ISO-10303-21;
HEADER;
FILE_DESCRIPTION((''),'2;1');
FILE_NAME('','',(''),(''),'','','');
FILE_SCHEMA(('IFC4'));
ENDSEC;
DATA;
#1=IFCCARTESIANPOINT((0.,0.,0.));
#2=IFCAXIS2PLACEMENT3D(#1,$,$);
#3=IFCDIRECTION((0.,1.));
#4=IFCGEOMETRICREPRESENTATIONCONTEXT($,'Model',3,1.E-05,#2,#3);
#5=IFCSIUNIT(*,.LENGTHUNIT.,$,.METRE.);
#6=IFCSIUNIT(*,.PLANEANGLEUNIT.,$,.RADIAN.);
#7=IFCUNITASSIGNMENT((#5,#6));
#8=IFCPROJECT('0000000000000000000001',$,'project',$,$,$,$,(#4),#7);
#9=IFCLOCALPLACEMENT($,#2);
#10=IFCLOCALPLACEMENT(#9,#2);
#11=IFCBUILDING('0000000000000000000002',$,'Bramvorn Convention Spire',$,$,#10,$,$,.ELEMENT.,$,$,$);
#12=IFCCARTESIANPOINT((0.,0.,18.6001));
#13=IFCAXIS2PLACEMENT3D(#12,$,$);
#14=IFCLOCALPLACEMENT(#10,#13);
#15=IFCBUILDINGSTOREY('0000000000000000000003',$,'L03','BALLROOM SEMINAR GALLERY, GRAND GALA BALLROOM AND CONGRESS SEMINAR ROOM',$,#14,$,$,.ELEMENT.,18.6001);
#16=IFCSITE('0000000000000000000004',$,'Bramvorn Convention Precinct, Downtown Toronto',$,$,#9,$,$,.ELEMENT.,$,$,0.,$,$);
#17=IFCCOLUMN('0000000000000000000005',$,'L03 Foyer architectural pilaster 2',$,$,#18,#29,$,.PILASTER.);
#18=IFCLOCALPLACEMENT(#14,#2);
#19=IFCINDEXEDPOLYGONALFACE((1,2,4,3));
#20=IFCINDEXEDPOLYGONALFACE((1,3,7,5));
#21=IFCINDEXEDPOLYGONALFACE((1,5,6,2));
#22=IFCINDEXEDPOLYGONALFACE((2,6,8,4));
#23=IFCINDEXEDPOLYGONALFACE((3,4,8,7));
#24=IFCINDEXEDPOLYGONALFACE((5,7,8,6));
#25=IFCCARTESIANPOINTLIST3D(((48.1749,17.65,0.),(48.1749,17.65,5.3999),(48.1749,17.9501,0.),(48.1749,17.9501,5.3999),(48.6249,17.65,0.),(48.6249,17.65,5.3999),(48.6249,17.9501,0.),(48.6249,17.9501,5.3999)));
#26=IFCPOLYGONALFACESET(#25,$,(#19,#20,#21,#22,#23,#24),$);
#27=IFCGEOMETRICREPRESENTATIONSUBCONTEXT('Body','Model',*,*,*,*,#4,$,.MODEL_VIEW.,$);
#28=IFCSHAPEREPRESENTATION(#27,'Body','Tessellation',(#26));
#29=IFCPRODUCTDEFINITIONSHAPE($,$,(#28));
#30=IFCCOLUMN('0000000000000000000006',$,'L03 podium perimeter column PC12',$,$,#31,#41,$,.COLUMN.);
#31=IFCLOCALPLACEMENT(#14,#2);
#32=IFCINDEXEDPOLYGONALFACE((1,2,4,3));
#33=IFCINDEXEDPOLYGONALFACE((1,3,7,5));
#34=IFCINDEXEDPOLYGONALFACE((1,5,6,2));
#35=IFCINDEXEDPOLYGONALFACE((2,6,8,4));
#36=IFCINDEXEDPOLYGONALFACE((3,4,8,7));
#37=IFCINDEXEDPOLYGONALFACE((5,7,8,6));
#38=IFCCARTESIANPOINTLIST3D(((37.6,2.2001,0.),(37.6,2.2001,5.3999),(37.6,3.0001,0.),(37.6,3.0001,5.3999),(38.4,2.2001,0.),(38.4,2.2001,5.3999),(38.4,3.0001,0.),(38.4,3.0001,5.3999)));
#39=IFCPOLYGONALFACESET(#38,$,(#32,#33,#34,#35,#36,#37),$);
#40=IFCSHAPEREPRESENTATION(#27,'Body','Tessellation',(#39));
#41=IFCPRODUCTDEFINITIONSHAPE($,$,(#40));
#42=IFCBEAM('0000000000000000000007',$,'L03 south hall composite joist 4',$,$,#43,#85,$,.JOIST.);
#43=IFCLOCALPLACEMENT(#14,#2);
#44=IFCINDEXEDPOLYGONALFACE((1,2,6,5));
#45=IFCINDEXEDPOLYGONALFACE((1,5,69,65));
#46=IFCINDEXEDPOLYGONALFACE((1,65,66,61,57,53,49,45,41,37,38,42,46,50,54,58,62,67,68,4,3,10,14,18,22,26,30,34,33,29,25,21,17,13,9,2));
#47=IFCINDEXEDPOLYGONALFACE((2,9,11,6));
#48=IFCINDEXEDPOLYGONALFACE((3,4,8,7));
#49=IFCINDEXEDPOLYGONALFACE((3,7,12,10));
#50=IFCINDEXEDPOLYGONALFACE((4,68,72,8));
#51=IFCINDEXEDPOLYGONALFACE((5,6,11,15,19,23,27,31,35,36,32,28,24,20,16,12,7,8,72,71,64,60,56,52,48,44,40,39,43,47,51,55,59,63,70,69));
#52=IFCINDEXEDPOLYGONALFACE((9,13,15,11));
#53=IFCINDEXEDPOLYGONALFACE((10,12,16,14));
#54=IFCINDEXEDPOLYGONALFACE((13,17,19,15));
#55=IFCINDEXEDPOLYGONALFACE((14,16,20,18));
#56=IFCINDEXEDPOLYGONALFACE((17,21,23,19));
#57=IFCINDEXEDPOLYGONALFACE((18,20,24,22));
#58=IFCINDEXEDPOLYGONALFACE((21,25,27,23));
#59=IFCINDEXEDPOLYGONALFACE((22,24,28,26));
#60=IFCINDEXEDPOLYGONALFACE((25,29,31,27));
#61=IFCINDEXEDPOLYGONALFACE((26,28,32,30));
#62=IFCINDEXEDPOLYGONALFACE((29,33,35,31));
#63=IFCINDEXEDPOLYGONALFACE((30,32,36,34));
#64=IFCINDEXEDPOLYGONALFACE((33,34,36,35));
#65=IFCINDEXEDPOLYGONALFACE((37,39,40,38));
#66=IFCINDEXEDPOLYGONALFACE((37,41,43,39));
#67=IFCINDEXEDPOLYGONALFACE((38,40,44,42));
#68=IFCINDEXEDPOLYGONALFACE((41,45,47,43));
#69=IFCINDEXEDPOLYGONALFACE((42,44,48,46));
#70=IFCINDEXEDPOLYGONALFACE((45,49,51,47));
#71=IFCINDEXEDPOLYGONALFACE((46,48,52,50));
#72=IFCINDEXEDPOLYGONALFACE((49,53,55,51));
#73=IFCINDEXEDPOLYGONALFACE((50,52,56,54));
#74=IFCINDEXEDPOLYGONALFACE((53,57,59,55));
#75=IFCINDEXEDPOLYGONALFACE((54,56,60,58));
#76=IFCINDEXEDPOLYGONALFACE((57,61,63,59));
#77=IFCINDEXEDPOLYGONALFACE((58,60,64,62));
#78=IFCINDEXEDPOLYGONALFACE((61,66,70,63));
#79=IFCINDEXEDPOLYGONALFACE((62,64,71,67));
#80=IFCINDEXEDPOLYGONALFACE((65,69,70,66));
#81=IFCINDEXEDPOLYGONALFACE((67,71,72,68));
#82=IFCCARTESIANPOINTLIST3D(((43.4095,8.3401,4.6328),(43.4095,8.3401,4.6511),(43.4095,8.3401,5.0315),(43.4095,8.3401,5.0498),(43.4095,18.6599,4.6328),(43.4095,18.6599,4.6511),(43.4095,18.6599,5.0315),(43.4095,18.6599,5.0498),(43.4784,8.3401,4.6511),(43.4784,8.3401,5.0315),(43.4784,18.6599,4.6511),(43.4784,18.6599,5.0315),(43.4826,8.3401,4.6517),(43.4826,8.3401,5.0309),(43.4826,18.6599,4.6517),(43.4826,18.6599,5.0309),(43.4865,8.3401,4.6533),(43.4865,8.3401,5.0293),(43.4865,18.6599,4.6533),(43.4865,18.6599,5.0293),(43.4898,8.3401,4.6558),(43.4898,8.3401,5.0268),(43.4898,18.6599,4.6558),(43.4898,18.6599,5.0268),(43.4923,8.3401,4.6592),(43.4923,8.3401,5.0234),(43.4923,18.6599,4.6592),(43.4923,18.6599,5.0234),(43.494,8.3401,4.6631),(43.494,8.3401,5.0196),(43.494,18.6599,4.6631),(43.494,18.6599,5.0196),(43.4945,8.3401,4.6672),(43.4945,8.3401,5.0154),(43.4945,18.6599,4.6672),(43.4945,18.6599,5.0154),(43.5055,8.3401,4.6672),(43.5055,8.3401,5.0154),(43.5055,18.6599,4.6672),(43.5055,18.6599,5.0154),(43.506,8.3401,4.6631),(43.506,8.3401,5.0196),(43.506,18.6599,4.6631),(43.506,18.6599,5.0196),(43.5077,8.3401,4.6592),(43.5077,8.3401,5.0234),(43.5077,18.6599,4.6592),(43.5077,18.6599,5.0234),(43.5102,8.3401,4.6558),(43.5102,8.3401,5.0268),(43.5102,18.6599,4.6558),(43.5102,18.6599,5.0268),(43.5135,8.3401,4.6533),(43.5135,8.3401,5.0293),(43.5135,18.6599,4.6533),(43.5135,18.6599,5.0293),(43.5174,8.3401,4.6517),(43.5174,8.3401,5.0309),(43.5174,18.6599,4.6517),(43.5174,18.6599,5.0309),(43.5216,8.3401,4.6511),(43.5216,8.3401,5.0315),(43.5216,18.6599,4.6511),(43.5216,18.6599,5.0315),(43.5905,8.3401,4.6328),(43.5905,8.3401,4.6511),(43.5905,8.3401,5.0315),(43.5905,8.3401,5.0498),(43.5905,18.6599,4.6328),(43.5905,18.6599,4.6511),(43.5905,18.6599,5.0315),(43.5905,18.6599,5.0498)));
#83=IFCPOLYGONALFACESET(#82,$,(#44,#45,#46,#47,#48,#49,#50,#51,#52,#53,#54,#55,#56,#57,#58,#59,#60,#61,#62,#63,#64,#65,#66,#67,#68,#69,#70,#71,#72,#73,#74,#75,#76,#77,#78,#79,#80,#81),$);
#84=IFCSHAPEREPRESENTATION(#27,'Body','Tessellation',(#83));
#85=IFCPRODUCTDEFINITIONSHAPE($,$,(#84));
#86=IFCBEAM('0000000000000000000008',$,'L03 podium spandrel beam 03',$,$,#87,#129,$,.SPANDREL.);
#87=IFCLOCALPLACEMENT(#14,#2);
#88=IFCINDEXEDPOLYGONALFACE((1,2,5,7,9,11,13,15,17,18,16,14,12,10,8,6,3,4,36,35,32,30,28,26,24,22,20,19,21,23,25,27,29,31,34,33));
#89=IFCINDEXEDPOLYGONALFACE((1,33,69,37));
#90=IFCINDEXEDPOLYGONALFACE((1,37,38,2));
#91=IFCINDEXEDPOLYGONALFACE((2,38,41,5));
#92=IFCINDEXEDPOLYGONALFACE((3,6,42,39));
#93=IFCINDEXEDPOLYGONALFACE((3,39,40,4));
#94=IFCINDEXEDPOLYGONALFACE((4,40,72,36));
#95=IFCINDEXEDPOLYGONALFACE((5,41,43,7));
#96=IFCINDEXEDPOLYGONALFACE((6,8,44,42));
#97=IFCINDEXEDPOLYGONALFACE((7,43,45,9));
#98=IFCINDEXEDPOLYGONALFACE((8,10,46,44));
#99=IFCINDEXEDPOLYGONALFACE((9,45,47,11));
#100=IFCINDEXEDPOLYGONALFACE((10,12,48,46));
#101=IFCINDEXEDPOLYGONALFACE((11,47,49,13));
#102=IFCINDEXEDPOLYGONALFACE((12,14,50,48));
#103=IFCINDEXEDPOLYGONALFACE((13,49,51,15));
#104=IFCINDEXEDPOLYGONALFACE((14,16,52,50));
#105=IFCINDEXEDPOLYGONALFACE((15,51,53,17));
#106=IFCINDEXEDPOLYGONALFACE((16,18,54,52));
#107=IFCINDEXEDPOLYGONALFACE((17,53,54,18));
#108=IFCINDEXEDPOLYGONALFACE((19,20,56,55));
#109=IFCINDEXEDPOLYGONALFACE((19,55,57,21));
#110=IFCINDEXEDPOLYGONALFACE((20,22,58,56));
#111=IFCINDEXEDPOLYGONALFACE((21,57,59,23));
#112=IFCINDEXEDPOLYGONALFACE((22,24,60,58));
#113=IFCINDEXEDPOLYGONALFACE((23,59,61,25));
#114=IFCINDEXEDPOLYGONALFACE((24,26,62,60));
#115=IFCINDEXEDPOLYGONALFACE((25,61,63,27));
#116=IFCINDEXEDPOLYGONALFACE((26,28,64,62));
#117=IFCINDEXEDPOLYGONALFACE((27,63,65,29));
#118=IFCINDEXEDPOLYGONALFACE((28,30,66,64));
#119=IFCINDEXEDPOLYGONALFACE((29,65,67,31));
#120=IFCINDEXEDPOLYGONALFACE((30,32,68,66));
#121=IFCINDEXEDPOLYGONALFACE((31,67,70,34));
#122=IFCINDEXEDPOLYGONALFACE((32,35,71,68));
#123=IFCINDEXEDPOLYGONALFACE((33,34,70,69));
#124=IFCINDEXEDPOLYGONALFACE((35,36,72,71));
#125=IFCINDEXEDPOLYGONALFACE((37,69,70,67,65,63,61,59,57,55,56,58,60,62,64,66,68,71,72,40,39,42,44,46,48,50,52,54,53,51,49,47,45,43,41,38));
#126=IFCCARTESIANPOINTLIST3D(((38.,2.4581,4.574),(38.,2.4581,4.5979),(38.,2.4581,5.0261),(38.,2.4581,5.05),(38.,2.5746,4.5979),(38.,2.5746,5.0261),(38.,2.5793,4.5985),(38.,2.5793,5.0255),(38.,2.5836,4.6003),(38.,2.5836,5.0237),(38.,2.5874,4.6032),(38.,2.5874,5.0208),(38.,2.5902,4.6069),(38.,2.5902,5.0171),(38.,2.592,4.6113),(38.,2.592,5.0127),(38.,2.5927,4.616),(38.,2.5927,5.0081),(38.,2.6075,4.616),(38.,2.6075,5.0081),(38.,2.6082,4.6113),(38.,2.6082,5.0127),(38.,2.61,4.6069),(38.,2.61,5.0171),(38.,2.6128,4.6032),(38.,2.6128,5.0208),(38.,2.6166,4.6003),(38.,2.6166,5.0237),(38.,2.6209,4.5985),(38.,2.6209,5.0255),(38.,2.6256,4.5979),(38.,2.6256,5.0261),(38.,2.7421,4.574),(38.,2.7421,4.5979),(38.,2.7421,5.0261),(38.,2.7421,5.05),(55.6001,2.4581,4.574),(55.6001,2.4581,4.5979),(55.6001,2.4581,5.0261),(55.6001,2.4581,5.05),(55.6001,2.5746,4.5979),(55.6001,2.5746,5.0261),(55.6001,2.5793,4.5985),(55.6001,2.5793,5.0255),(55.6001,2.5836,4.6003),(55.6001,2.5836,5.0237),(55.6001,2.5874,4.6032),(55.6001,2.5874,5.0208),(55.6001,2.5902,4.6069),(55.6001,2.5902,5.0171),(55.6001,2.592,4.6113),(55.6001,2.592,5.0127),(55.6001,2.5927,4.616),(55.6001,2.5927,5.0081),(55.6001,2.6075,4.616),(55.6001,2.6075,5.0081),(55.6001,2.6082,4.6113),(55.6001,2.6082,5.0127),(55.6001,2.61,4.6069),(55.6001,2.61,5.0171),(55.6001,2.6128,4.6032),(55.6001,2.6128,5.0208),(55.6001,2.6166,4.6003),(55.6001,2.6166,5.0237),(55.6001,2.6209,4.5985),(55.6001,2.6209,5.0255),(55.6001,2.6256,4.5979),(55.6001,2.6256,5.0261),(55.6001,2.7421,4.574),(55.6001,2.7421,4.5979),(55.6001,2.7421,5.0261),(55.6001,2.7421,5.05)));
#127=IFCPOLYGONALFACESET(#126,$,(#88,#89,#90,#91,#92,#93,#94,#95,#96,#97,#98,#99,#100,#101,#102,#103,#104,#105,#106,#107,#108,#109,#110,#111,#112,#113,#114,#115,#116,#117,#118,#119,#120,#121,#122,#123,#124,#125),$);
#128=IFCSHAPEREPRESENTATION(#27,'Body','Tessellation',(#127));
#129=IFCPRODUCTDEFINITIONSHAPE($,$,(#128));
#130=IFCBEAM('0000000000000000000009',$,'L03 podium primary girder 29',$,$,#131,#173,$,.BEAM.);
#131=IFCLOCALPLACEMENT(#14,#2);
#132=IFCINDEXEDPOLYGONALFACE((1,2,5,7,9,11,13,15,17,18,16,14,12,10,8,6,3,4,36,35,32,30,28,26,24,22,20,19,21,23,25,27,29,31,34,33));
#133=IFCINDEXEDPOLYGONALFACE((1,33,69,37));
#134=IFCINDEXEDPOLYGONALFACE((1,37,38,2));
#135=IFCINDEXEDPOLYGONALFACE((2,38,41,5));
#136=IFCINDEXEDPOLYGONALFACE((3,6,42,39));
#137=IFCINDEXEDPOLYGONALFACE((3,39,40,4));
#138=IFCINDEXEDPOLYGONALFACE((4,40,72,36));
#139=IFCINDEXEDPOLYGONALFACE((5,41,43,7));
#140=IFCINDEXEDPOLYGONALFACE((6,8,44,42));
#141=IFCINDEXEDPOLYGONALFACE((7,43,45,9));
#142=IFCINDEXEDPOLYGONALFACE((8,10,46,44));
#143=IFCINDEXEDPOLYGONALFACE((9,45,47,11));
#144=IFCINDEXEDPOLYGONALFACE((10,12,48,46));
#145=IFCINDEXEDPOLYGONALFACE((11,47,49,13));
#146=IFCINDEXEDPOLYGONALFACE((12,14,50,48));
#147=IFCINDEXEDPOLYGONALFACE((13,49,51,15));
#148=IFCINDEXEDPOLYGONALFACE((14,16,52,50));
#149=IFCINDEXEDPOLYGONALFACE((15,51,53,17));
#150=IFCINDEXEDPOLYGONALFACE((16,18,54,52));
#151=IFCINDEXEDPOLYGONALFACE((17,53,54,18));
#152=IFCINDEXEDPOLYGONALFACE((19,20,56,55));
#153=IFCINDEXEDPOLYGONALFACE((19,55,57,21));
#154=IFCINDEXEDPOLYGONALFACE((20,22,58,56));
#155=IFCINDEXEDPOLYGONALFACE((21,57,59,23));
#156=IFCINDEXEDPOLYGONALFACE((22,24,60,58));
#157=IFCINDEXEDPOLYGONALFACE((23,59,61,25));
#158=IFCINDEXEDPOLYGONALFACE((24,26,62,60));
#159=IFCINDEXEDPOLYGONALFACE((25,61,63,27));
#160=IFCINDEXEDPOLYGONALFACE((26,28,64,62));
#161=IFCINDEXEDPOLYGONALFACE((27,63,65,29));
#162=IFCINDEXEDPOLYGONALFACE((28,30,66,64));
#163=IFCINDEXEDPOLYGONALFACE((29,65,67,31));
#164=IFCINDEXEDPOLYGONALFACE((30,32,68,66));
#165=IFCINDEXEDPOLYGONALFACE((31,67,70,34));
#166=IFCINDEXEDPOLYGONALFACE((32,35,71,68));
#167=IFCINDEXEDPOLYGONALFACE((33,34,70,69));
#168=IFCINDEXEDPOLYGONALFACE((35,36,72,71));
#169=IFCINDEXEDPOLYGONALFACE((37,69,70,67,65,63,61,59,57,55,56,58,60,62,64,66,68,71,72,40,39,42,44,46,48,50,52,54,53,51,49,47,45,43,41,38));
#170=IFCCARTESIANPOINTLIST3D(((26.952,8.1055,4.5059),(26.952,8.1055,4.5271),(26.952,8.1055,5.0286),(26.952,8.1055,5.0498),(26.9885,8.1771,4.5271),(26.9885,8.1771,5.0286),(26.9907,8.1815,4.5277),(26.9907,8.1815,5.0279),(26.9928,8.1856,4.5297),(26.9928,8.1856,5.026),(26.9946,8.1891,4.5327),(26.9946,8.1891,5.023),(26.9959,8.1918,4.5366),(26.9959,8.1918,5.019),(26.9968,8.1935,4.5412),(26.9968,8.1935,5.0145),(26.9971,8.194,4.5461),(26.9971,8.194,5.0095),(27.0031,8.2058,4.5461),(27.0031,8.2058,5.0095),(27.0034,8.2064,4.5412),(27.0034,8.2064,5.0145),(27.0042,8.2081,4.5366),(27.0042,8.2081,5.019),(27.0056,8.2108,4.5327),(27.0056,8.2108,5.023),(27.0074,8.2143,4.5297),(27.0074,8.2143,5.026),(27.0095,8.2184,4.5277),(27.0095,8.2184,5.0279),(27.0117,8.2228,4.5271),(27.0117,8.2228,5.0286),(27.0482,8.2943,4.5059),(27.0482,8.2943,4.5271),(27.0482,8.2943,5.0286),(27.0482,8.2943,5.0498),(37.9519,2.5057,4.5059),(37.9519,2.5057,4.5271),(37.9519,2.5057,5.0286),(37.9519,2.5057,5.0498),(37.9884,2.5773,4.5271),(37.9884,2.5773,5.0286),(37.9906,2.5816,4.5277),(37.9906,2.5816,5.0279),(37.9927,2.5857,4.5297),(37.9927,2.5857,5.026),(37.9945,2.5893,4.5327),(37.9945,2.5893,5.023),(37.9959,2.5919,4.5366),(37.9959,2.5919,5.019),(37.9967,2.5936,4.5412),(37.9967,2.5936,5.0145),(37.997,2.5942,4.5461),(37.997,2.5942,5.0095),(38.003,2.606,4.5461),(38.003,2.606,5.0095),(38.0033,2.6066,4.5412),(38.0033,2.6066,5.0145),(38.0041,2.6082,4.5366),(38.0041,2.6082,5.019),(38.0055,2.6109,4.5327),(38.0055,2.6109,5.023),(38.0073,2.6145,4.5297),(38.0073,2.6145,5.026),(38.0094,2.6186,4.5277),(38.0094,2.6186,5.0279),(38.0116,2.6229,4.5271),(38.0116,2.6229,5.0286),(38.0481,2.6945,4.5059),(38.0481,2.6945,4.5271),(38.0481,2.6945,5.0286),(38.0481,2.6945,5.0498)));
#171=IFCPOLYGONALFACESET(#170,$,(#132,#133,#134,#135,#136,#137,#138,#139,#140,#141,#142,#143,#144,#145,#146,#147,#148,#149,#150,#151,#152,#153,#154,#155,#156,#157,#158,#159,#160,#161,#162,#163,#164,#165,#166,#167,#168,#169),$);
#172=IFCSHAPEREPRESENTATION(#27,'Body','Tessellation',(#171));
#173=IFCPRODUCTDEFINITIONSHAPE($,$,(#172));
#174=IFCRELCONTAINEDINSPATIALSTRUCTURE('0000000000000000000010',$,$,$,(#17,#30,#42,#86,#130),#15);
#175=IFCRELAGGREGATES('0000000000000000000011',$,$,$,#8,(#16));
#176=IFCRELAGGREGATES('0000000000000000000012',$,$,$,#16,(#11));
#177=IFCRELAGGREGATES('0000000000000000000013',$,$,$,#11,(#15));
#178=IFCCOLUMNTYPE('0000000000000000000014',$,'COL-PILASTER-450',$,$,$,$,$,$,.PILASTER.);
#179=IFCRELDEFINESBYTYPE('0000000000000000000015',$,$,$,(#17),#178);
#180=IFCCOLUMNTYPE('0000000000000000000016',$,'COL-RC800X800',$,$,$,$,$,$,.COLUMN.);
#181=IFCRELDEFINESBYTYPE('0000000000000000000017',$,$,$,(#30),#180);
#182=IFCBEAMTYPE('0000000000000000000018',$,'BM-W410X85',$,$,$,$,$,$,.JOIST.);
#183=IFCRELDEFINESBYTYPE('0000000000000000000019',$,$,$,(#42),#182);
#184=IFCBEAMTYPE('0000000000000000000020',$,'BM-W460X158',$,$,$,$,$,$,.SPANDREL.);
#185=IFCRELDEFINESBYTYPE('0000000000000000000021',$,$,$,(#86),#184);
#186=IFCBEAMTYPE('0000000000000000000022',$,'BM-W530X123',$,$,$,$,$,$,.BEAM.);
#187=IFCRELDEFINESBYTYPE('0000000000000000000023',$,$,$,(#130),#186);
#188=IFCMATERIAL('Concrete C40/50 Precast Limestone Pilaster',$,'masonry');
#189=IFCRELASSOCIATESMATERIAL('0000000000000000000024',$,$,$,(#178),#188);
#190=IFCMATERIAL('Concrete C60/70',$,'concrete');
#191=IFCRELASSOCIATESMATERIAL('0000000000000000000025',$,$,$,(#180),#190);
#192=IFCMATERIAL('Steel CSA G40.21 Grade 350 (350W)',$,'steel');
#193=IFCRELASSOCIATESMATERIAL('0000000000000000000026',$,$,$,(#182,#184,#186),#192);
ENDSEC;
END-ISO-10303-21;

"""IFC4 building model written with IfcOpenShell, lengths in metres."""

from ifc_helpers import new_model, si_unit, direction, frame, origin, origin_2d, place, context, subcontext, project, spatial, rectangle, i_section, extrude, material, material_profile, profile_set, type_object, element, save


model = new_model("IFC4")

# Units and contexts
model_context = context("Model", 3, precision=1e-05, world=origin(), true_north=direction((0.0, 1.0)))
body_context = subcontext(model_context, "Body", "Model", "MODEL_VIEW")
ifc_project = project(units=[si_unit("LENGTHUNIT", "METRE"), si_unit("PLANEANGLEUNIT", "RADIAN")], contexts=[model_context])

# Site, building, storey
site_placement = place(None, origin())
site = spatial("IfcSite", under=ifc_project, at=site_placement, Name="Bramvorn Convention Precinct, Downtown Toronto", CompositionType="ELEMENT", RefElevation=0.0)
building_placement = place(site_placement, origin())
building = spatial("IfcBuilding", under=site, at=building_placement, Name="Bramvorn Convention Spire", CompositionType="ELEMENT")
storey_placement = place(building_placement, frame((0.0, 0.0, 18.6001)))
storey = spatial("IfcBuildingStorey", under=building, at=storey_placement, Name="L03", Description="BALLROOM SEMINAR GALLERY, GRAND GALA BALLROOM AND CONGRESS SEMINAR ROOM", CompositionType="ELEMENT", Elevation=18.6001)

# Columns
ifc_material_1 = material(Name="Steel CSA G40.21 Grade 350 (350W)", Category="steel")
ifc_material_2 = material(Name="Concrete C40/50 Precast Limestone Pilaster", Category="masonry")
ifc_material_profile_1 = material_profile(ifc_material_2, rectangle(XDim=0.45, YDim=0.3, at=origin_2d()))
ifc_profile_set_1 = profile_set([ifc_material_profile_1], Name="Concrete C40/50 Precast Limestone Pilaster - PILASTER450X300")
column_type_1 = type_object("IfcColumnType", Name="COL-PILASTER-450", PredefinedType="PILASTER", material=ifc_profile_set_1)
column_1_placement = place(storey_placement, frame((48.3999, 17.8, 0.0), z_axis=(0.0, 0.0, 1.0), x_axis=(1.0, 0.0, 0.0)))
element("IfcColumn", 1, at=column_1_placement, inside=storey, type_object=column_type_1, Name="L03 Foyer architectural pilaster 2", PredefinedType="PILASTER", context=body_context, shape_type="SweptSolid", body=[
    extrude(rectangle(XDim=0.45, YDim=0.3, at=origin_2d()), origin(), (0.0, 0.0, 1.0), 5.3999),
])
ifc_material_3 = material(Name="Concrete C60/70", Category="concrete")
ifc_material_profile_2 = material_profile(ifc_material_3, rectangle(XDim=0.8, YDim=0.8, at=origin_2d()))
ifc_profile_set_2 = profile_set([ifc_material_profile_2], Name="Concrete C60/70 - RC800X800")
column_type_2 = type_object("IfcColumnType", Name="COL-RC800X800", PredefinedType="COLUMN", material=ifc_profile_set_2)
column_2_placement = place(storey_placement, frame((38.0, 2.6001, 0.0), z_axis=(0.0, 0.0, 1.0), x_axis=(1.0, 0.0, 0.0)))
element("IfcColumn", 2, at=column_2_placement, inside=storey, type_object=column_type_2, Name="L03 podium perimeter column PC12", PredefinedType="COLUMN", context=body_context, shape_type="SweptSolid", body=[
    extrude(rectangle(XDim=0.8, YDim=0.8, at=origin_2d()), origin(), (0.0, 0.0, 1.0), 5.3999),
])

# Beams
ifc_material_profile_3 = material_profile(ifc_material_1, i_section(OverallWidth=0.1809, OverallDepth=0.417, WebThickness=0.011, FlangeThickness=0.0183, FilletRadius=0.0161, at=origin_2d()))
ifc_profile_set_3 = profile_set([ifc_material_profile_3], Name="Steel CSA G40.21 Grade 350 (350W) - W410X85")
beam_type_1 = type_object("IfcBeamType", Name="BM-W410X85", PredefinedType="JOIST", material=ifc_profile_set_3)
beam_1_placement = place(storey_placement, frame((43.5, 8.3401, 4.8413), z_axis=(0.0, 1.0, 0.0), x_axis=(-1.0, 0.0, 0.0)))
element("IfcBeam", 3, at=beam_1_placement, inside=storey, type_object=beam_type_1, Name="L03 south hall composite joist 4", PredefinedType="JOIST", context=body_context, shape_type="SweptSolid", body=[
    extrude(i_section(OverallWidth=0.1809, OverallDepth=0.417, WebThickness=0.011, FlangeThickness=0.0183, FilletRadius=0.0161, at=origin_2d()), origin(), (0.0, 0.0, 1.0), 10.3198),
])
ifc_material_profile_4 = material_profile(ifc_material_1, i_section(OverallWidth=0.2839, OverallDepth=0.4761, WebThickness=0.0149, FlangeThickness=0.0239, FilletRadius=0.0181, at=origin_2d()))
ifc_profile_set_4 = profile_set([ifc_material_profile_4], Name="Steel CSA G40.21 Grade 350 (350W) - W460X158")
beam_type_2 = type_object("IfcBeamType", Name="BM-W460X158", PredefinedType="SPANDREL", material=ifc_profile_set_4)
beam_2_placement = place(storey_placement, frame((38.0, 2.6001, 4.812), z_axis=(1.0, 0.0, 0.0), x_axis=(0.0, 1.0, 0.0)))
element("IfcBeam", 4, at=beam_2_placement, inside=storey, type_object=beam_type_2, Name="L03 podium spandrel beam 03", PredefinedType="SPANDREL", context=body_context, shape_type="SweptSolid", body=[
    extrude(i_section(OverallWidth=0.2839, OverallDepth=0.4761, WebThickness=0.0149, FlangeThickness=0.0239, FilletRadius=0.0181, at=origin_2d()), origin(), (0.0, 0.0, 1.0), 17.6001),
])
ifc_material_profile_5 = material_profile(ifc_material_1, i_section(OverallWidth=0.2119, OverallDepth=0.5439, WebThickness=0.0132, FlangeThickness=0.0212, FilletRadius=0.019, at=origin_2d()))
ifc_profile_set_5 = profile_set([ifc_material_profile_5], Name="Steel CSA G40.21 Grade 350 (350W) - W530X123")
beam_type_3 = type_object("IfcBeamType", Name="BM-W530X123", PredefinedType="BEAM", material=ifc_profile_set_5)
beam_3_placement = place(storey_placement, frame((38.0, 2.6001, 4.7778), z_axis=(-0.891168, 0.453674, 0.0), x_axis=(-0.453674, -0.891168, 0.0)))
element("IfcBeam", 5, at=beam_3_placement, inside=storey, type_object=beam_type_3, Name="L03 podium primary girder 29", PredefinedType="BEAM", context=body_context, shape_type="SweptSolid", body=[
    extrude(i_section(OverallWidth=0.2119, OverallDepth=0.5439, WebThickness=0.0132, FlangeThickness=0.0212, FilletRadius=0.019, at=origin_2d()), origin(), (0.0, 0.0, 1.0), 12.3433),
])

save(model, "model.ifc")
